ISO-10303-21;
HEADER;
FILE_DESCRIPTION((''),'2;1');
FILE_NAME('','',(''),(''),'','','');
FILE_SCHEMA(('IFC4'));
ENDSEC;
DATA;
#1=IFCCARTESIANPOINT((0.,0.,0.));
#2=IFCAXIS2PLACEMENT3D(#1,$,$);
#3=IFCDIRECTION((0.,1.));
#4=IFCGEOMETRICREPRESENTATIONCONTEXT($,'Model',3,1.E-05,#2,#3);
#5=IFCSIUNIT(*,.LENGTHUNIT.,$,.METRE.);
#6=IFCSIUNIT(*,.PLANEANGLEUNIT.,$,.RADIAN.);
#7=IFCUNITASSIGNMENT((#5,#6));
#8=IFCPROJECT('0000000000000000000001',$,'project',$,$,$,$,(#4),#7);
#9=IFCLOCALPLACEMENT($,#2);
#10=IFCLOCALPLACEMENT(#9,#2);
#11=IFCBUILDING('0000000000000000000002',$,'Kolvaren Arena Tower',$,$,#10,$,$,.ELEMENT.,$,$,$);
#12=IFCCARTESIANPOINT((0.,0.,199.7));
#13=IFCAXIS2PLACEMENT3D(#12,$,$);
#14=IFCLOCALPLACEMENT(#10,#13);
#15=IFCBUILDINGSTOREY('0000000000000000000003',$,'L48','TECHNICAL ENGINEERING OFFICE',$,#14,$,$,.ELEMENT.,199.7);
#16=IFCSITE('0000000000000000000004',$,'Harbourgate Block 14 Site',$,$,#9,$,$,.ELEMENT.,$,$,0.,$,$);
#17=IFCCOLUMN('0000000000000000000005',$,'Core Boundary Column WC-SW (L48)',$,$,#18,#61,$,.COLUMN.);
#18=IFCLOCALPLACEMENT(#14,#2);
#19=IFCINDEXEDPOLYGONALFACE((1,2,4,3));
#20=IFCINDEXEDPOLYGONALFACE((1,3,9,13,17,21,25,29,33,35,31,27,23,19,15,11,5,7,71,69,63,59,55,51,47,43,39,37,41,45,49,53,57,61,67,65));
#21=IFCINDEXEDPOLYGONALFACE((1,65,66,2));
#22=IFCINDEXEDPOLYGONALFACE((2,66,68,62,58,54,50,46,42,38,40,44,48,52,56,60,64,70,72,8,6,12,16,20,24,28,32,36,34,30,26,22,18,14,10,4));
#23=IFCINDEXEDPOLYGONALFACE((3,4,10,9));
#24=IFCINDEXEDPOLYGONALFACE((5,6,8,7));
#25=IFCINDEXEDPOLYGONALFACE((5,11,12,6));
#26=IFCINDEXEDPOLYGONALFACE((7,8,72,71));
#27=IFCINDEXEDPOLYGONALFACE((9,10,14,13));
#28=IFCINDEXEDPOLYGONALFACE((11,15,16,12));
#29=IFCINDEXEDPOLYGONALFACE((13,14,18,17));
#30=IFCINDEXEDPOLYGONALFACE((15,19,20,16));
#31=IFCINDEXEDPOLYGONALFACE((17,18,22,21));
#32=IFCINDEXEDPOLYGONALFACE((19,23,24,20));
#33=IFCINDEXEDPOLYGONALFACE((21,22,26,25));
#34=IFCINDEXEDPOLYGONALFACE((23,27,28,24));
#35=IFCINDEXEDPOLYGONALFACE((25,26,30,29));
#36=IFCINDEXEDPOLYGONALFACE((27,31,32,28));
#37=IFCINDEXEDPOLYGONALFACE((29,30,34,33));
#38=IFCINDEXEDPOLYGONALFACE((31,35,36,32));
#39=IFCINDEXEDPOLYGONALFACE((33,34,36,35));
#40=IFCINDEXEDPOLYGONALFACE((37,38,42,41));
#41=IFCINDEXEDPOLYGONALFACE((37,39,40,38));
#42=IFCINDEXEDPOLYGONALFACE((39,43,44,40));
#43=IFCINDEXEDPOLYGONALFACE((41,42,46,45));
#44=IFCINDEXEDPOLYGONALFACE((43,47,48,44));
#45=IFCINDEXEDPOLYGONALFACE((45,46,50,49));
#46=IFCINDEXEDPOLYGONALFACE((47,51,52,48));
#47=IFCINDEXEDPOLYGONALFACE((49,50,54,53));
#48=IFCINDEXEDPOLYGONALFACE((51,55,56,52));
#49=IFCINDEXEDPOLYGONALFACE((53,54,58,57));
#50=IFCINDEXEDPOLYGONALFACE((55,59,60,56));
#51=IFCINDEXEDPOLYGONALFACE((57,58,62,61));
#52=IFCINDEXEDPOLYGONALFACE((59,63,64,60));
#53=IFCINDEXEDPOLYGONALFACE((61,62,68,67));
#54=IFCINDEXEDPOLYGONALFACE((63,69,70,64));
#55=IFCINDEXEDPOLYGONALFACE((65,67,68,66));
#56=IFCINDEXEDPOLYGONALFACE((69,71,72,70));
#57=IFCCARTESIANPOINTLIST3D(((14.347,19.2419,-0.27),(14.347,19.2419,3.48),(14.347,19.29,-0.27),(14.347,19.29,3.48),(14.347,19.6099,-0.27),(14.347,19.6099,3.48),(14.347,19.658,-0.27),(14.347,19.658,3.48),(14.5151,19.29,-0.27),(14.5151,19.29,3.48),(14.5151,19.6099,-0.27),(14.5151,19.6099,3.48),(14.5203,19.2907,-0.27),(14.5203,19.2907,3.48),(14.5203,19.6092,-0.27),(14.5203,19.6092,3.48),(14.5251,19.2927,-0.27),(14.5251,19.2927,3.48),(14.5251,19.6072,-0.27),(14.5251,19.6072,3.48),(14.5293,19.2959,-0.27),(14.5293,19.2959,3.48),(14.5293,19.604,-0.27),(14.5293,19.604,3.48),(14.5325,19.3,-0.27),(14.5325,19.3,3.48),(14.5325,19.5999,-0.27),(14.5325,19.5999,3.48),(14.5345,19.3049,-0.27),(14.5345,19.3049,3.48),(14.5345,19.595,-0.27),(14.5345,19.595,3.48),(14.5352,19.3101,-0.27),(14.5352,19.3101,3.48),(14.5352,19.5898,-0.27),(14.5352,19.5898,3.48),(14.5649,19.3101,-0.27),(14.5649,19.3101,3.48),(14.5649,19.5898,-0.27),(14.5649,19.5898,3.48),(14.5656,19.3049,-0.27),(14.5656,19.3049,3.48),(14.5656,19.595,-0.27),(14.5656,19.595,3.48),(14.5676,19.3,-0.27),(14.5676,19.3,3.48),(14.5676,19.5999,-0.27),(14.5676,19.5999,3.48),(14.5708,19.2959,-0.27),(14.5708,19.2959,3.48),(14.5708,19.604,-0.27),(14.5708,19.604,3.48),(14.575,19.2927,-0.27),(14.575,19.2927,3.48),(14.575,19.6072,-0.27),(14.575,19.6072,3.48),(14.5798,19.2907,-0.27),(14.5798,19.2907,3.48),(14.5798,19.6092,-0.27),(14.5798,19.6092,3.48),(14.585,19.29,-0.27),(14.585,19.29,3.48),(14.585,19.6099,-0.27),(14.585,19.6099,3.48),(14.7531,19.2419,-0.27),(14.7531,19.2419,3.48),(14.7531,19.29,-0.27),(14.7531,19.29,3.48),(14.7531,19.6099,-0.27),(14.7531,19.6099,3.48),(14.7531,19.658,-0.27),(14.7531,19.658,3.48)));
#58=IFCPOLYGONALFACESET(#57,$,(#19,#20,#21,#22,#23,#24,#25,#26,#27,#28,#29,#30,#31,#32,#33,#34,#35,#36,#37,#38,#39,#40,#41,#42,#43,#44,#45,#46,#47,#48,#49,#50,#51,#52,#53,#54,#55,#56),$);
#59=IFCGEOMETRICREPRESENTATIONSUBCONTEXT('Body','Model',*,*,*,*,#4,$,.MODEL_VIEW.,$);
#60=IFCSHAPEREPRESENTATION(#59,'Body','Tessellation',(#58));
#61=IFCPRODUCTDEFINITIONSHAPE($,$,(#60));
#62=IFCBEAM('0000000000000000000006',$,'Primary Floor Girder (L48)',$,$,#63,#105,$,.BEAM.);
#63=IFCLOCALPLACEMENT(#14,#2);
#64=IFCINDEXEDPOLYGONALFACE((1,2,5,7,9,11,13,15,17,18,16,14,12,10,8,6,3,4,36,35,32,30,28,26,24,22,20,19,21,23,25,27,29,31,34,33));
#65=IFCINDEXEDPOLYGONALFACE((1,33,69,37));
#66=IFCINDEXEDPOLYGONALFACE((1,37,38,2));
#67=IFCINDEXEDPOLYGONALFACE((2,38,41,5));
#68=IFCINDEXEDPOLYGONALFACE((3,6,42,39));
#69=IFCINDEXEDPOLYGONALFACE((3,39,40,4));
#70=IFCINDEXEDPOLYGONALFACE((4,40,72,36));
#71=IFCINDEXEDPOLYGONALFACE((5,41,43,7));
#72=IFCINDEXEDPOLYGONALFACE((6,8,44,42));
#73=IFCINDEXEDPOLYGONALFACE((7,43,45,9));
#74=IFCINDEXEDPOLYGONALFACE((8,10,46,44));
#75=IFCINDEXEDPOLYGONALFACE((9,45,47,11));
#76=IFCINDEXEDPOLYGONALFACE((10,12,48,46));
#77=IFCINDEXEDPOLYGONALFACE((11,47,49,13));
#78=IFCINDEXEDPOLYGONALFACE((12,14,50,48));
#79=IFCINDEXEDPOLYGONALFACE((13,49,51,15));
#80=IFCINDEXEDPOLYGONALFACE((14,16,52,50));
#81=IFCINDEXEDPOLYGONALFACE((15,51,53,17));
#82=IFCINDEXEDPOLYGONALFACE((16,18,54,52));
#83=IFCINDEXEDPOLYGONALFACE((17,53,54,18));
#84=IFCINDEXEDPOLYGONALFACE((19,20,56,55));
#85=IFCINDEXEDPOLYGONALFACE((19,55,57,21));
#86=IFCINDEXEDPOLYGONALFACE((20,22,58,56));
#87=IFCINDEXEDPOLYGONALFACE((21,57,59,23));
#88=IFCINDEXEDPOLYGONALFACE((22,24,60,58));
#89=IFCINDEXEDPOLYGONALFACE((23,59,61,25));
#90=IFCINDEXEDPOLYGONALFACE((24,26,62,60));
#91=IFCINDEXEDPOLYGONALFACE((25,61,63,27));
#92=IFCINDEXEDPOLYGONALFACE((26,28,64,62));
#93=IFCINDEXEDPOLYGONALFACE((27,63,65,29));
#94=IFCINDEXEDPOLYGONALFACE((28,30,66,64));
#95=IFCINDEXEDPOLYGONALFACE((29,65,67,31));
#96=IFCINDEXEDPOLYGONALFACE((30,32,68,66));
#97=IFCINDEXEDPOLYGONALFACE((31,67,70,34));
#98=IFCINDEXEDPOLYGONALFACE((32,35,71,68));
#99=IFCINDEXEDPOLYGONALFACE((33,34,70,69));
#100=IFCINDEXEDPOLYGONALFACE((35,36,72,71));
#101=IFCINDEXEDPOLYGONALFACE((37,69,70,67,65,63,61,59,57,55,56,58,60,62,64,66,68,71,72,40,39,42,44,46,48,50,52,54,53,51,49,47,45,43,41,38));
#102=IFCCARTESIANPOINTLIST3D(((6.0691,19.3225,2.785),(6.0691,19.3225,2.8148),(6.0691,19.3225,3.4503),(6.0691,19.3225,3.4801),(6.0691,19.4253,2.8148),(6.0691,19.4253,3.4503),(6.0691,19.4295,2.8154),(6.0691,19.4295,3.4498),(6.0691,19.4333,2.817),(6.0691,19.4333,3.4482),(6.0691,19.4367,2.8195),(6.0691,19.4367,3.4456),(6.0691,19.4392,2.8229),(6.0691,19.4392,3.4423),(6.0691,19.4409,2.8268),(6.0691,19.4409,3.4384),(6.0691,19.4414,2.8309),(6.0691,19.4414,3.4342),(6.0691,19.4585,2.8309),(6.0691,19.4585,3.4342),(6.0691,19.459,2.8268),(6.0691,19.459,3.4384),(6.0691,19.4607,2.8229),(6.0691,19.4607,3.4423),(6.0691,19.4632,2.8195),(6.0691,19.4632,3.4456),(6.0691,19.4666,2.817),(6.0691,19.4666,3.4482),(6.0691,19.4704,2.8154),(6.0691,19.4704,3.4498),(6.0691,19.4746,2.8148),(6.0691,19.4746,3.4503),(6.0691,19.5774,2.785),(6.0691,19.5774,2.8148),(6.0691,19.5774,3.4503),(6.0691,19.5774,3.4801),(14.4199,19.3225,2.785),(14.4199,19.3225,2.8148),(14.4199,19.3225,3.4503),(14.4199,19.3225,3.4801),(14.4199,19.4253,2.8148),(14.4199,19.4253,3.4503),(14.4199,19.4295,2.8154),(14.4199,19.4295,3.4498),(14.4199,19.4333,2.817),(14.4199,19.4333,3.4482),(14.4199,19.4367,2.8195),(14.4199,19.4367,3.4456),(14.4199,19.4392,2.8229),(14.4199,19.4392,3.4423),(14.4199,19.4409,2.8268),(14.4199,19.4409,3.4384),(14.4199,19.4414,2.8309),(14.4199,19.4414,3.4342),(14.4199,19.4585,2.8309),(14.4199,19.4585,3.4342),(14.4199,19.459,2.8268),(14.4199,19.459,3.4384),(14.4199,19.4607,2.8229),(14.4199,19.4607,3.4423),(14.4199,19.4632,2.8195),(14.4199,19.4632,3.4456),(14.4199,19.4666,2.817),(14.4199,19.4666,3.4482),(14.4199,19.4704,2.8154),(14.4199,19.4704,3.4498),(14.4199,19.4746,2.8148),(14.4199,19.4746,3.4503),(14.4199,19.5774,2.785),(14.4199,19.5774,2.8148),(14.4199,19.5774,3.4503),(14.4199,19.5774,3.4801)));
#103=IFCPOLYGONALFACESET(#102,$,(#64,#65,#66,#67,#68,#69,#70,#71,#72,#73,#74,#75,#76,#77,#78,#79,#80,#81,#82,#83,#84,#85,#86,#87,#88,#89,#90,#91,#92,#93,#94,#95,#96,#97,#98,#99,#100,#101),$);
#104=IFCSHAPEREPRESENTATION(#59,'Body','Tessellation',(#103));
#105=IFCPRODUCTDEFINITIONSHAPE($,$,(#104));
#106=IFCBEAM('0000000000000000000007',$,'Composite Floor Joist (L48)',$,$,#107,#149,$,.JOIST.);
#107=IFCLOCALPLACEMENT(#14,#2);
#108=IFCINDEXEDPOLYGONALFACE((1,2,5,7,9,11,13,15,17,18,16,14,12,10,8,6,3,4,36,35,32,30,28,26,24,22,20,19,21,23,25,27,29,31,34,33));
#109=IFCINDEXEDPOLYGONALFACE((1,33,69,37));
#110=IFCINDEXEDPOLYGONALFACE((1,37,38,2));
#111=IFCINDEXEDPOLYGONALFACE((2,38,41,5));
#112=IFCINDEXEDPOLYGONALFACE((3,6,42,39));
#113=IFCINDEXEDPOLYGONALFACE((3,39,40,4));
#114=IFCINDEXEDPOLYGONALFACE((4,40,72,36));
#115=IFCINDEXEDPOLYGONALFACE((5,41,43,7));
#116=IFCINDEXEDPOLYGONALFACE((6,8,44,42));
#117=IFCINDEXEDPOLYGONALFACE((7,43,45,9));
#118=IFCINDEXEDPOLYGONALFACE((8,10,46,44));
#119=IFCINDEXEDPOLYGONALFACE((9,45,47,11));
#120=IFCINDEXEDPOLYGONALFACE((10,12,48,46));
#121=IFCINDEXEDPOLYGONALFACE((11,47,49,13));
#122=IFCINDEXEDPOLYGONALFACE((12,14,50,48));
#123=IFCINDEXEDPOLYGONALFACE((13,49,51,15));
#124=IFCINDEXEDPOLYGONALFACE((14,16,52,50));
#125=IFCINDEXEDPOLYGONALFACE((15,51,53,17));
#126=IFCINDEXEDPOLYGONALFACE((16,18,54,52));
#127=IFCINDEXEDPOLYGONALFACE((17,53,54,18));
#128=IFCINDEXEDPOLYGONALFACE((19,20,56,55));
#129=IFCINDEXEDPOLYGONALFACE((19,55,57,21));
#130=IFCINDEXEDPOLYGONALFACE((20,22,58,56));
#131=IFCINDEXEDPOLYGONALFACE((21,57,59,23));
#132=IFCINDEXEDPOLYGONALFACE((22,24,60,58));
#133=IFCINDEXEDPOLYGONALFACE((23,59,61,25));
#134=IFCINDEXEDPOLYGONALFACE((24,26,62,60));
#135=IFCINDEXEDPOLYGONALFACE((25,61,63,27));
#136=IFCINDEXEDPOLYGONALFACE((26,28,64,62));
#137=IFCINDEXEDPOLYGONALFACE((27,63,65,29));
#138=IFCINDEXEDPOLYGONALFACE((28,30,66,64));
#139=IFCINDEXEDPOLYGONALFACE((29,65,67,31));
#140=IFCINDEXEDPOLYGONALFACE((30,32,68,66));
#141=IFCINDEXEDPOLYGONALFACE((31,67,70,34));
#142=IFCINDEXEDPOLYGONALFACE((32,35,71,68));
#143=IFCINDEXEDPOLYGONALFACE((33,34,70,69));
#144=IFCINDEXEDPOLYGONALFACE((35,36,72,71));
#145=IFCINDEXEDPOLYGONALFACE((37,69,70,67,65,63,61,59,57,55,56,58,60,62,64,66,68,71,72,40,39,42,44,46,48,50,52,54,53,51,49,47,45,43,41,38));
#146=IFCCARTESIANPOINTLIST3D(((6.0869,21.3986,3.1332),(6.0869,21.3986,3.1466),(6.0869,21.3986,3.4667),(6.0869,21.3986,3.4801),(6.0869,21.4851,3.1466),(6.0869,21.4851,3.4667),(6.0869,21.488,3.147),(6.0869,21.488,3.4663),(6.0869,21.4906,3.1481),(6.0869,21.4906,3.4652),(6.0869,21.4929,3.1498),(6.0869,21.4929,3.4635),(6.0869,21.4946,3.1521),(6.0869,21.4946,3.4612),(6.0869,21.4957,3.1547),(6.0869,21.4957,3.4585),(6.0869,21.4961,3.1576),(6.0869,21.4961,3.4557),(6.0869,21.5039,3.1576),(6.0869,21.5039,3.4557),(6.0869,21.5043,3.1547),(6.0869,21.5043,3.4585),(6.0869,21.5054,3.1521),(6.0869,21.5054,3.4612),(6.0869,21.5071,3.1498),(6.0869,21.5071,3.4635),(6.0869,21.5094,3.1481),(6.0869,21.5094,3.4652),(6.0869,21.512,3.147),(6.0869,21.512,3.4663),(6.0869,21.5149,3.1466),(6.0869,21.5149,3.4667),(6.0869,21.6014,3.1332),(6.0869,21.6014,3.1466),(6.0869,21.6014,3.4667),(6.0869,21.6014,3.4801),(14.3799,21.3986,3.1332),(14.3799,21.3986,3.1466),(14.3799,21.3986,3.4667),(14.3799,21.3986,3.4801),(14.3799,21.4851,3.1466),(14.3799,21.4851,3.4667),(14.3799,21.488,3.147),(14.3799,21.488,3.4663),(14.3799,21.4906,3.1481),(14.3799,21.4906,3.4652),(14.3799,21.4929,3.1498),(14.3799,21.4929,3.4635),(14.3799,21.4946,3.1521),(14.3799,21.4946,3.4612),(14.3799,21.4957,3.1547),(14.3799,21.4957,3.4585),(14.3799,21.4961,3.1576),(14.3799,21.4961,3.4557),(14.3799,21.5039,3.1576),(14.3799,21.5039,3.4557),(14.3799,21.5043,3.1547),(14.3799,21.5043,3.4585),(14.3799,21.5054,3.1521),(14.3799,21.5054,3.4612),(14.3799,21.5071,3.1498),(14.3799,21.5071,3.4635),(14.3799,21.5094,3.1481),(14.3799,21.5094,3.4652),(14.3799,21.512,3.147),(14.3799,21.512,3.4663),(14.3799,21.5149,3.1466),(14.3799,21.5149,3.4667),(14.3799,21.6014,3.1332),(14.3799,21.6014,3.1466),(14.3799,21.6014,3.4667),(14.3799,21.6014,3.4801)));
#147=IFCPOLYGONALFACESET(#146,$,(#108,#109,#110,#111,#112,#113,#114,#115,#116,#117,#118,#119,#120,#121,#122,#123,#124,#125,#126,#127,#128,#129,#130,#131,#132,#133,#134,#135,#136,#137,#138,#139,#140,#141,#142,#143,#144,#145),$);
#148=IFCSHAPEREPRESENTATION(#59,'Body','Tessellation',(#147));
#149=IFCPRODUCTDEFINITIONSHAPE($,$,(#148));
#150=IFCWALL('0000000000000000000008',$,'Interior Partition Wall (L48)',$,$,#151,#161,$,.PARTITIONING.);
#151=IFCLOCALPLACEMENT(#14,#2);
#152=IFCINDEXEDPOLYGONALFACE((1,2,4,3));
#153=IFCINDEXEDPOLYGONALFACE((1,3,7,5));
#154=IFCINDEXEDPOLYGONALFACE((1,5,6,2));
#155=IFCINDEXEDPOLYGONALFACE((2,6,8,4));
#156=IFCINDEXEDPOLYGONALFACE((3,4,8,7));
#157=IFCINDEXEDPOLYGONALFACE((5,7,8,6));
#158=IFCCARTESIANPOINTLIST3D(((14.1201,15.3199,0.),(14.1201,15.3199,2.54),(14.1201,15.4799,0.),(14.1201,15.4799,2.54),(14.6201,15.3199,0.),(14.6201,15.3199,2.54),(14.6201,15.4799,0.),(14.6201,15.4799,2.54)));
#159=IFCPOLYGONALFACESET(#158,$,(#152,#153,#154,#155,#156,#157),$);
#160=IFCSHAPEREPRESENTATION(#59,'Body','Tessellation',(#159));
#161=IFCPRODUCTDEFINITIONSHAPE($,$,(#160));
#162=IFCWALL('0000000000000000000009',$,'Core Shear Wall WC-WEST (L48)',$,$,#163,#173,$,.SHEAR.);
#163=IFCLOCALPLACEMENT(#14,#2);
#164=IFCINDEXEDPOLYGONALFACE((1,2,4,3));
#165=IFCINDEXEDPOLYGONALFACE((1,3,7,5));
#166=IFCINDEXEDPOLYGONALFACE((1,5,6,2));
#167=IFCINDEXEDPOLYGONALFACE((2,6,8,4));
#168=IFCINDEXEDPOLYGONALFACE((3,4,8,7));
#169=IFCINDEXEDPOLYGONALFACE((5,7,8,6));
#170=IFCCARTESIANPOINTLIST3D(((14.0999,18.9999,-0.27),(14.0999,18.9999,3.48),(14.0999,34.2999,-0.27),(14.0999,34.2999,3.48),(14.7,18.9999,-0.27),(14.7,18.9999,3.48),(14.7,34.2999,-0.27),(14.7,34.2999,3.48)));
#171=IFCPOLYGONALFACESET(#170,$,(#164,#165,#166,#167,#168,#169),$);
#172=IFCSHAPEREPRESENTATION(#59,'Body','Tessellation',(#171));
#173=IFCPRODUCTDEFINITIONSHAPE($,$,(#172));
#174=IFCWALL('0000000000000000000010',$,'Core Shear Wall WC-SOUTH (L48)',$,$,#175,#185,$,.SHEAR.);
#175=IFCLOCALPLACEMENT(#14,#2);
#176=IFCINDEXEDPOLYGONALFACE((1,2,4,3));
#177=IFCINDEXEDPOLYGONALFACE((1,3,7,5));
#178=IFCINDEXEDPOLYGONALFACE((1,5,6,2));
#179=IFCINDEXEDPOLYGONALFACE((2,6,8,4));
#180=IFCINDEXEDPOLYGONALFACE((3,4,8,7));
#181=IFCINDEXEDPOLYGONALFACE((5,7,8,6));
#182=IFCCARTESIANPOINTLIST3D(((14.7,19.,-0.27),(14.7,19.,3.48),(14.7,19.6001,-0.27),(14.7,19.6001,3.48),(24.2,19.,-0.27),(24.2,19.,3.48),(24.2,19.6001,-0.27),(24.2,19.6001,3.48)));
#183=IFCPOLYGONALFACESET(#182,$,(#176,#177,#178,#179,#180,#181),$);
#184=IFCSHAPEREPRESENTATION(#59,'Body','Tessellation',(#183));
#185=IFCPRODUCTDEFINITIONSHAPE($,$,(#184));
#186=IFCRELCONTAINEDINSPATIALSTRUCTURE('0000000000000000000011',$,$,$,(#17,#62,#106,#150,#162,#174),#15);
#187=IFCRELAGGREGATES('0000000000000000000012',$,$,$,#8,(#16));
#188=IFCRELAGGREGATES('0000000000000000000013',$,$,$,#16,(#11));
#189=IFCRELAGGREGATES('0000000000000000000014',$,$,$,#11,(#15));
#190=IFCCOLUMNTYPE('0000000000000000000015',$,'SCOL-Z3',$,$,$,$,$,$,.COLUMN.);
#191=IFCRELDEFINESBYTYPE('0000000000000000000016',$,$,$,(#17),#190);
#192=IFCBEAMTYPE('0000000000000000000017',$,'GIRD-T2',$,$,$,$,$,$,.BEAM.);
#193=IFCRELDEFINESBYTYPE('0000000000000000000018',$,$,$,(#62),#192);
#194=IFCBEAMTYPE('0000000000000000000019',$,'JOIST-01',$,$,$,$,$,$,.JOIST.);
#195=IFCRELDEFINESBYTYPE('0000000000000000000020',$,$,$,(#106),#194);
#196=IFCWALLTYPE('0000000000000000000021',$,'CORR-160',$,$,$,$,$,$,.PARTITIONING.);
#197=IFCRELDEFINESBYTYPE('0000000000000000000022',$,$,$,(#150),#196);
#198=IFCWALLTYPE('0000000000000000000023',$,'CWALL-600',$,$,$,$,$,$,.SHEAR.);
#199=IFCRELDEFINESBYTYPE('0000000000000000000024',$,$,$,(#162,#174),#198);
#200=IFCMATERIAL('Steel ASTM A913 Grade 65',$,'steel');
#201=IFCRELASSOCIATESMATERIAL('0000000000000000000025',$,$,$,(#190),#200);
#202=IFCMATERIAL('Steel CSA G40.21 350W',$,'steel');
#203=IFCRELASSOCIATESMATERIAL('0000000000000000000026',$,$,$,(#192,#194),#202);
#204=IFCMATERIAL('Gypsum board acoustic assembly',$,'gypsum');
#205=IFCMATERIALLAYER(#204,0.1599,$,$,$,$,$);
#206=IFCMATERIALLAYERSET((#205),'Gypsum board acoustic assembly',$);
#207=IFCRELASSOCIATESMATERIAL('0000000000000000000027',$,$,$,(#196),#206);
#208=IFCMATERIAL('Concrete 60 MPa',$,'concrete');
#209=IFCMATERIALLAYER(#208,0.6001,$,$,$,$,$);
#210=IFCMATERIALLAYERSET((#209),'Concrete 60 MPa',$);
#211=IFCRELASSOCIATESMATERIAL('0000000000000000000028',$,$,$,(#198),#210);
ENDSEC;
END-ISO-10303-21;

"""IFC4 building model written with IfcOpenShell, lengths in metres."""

from ifc_helpers import new_model, si_unit, direction, frame, frame_2d, origin, origin_2d, place, context, subcontext, project, spatial, rectangle, i_section, extrude, material, layer, layer_set, material_profile, profile_set, type_object, element, save


model = new_model("IFC4")

# Units and contexts
model_context = context("Model", 3, precision=1e-05, world=origin(), true_north=direction((0.0, 1.0)))
body_context = subcontext(model_context, "Body", "Model", "MODEL_VIEW")
ifc_project = project(units=[si_unit("LENGTHUNIT", "METRE"), si_unit("PLANEANGLEUNIT", "RADIAN")], contexts=[model_context])

# Site, building, storey
site_placement = place(None, origin())
site = spatial("IfcSite", under=ifc_project, at=site_placement, Name="Harbourgate Block 14 Site", CompositionType="ELEMENT", RefElevation=0.0)
building_placement = place(site_placement, origin())
building = spatial("IfcBuilding", under=site, at=building_placement, Name="Kolvaren Arena Tower", CompositionType="ELEMENT")
storey_placement = place(building_placement, frame((0.0, 0.0, 199.7)))
storey = spatial("IfcBuildingStorey", under=building, at=storey_placement, Name="L48", Description="TECHNICAL ENGINEERING OFFICE", CompositionType="ELEMENT", Elevation=199.7)

# Column
ifc_material_1 = material(Name="Steel ASTM A913 Grade 65", Category="steel")
ifc_material_profile_1 = material_profile(ifc_material_1, i_section(OverallWidth=0.406, OverallDepth=0.416, WebThickness=0.0298, FlangeThickness=0.0481, FilletRadius=0.02, at=origin_2d()), Name="W360x382")
ifc_profile_set_1 = profile_set([ifc_material_profile_1], Name="Steel ASTM A913 Grade 65")
column_type = type_object("IfcColumnType", Name="SCOL-Z3", PredefinedType="COLUMN", material=ifc_profile_set_1)
column_placement = place(storey_placement, frame((14.55, 19.45, -0.27), z_axis=(0.0, 0.0, 1.0), x_axis=(1.0, 0.0, 0.0)))
element("IfcColumn", 1, at=column_placement, inside=storey, type_object=column_type, Name="Core Boundary Column WC-SW (L48)", PredefinedType="COLUMN", context=body_context, shape_type="SweptSolid", body=[
    extrude(i_section(OverallWidth=0.406, OverallDepth=0.416, WebThickness=0.0298, FlangeThickness=0.0481, FilletRadius=0.02, at=origin_2d()), origin(), (0.0, 0.0, 1.0), 3.75),
])

# Beams
ifc_material_2 = material(Name="Steel CSA G40.21 350W", Category="steel")
ifc_material_profile_2 = material_profile(ifc_material_2, i_section(OverallWidth=0.2549, OverallDepth=0.6951, WebThickness=0.0171, FlangeThickness=0.0298, FilletRadius=0.0161, at=origin_2d()), Name="W690x217")
ifc_profile_set_2 = profile_set([ifc_material_profile_2], Name="Steel CSA G40.21 350W")
beam_type_1 = type_object("IfcBeamType", Name="GIRD-T2", PredefinedType="BEAM", material=ifc_profile_set_2)
beam_1_placement = place(storey_placement, frame((6.0691, 19.45, 3.1326), z_axis=(1.0, 0.0, 0.0), x_axis=(0.0, 1.0, 0.0)))
element("IfcBeam", 2, at=beam_1_placement, inside=storey, type_object=beam_type_1, Name="Primary Floor Girder (L48)", PredefinedType="BEAM", context=body_context, shape_type="SweptSolid", body=[
    extrude(i_section(OverallWidth=0.2549, OverallDepth=0.6951, WebThickness=0.0171, FlangeThickness=0.0298, FilletRadius=0.0161, at=origin_2d()), origin(), (0.0, 0.0, 1.0), 8.3508),
])
ifc_material_profile_3 = material_profile(ifc_material_2, i_section(OverallWidth=0.2029, OverallDepth=0.3469, WebThickness=0.0078, FlangeThickness=0.0134, FilletRadius=0.011, at=origin_2d()), Name="W360x64")
ifc_profile_set_3 = profile_set([ifc_material_profile_3], Name="Steel CSA G40.21 350W")
beam_type_2 = type_object("IfcBeamType", Name="JOIST-01", PredefinedType="JOIST", material=ifc_profile_set_3)
beam_2_placement = place(storey_placement, frame((6.0869, 21.5, 3.3066), z_axis=(1.0, 0.0, 0.0), x_axis=(0.0, 1.0, 0.0)))
element("IfcBeam", 3, at=beam_2_placement, inside=storey, type_object=beam_type_2, Name="Composite Floor Joist (L48)", PredefinedType="JOIST", context=body_context, shape_type="SweptSolid", body=[
    extrude(i_section(OverallWidth=0.2029, OverallDepth=0.3469, WebThickness=0.0078, FlangeThickness=0.0134, FilletRadius=0.011, at=origin_2d()), origin(), (0.0, 0.0, 1.0), 8.293),
])

# Walls
ifc_material_3 = material(Name="Gypsum board acoustic assembly", Category="gypsum")
ifc_layer_1 = layer(ifc_material_3, 0.1599)
ifc_layer_set_1 = layer_set([ifc_layer_1], Name="Gypsum board acoustic assembly")
wall_type_1 = type_object("IfcWallType", Name="CORR-160", PredefinedType="PARTITIONING", material=ifc_layer_set_1)
wall_1_placement = place(storey_placement, frame((14.1201, 15.3999, 0.0), z_axis=(0.0, 0.0, 1.0), x_axis=(1.0, 0.0, 0.0)))
element("IfcWall", 4, at=wall_1_placement, inside=storey, type_object=wall_type_1, Name="Interior Partition Wall (L48)", PredefinedType="PARTITIONING", context=body_context, shape_type="SweptSolid", body=[
    extrude(rectangle(XDim=0.5, YDim=0.1599, at=frame_2d((0.25, 0.0))), origin(), (0.0, 0.0, 1.0), 2.54),
])
ifc_material_4 = material(Name="Concrete 60 MPa", Category="concrete")
ifc_layer_2 = layer(ifc_material_4, 0.6001)
ifc_layer_set_2 = layer_set([ifc_layer_2], Name="Concrete 60 MPa")
wall_type_2 = type_object("IfcWallType", Name="CWALL-600", PredefinedType="SHEAR", material=ifc_layer_set_2)
wall_2_placement = place(storey_placement, frame((14.3999, 19.0, -0.27), z_axis=(0.0, 0.0, 1.0), x_axis=(0.0, 1.0, 0.0)))
element("IfcWall", 5, at=wall_2_placement, inside=storey, type_object=wall_type_2, Name="Core Shear Wall WC-WEST (L48)", PredefinedType="SHEAR", context=body_context, shape_type="SweptSolid", body=[
    extrude(rectangle(XDim=15.3, YDim=0.6001, at=frame_2d((7.6499, 0.0))), origin(), (0.0, 0.0, 1.0), 3.75),
])
wall_3_placement = place(storey_placement, frame((14.7, 19.3, -0.27), z_axis=(0.0, 0.0, 1.0), x_axis=(1.0, 0.0, 0.0)))
element("IfcWall", 6, at=wall_3_placement, inside=storey, type_object=wall_type_2, Name="Core Shear Wall WC-SOUTH (L48)", PredefinedType="SHEAR", context=body_context, shape_type="SweptSolid", body=[
    extrude(rectangle(XDim=9.5, YDim=0.6001, at=frame_2d((4.75, 0.0))), origin(), (0.0, 0.0, 1.0), 3.75),
])

save(model, "model.ifc")
